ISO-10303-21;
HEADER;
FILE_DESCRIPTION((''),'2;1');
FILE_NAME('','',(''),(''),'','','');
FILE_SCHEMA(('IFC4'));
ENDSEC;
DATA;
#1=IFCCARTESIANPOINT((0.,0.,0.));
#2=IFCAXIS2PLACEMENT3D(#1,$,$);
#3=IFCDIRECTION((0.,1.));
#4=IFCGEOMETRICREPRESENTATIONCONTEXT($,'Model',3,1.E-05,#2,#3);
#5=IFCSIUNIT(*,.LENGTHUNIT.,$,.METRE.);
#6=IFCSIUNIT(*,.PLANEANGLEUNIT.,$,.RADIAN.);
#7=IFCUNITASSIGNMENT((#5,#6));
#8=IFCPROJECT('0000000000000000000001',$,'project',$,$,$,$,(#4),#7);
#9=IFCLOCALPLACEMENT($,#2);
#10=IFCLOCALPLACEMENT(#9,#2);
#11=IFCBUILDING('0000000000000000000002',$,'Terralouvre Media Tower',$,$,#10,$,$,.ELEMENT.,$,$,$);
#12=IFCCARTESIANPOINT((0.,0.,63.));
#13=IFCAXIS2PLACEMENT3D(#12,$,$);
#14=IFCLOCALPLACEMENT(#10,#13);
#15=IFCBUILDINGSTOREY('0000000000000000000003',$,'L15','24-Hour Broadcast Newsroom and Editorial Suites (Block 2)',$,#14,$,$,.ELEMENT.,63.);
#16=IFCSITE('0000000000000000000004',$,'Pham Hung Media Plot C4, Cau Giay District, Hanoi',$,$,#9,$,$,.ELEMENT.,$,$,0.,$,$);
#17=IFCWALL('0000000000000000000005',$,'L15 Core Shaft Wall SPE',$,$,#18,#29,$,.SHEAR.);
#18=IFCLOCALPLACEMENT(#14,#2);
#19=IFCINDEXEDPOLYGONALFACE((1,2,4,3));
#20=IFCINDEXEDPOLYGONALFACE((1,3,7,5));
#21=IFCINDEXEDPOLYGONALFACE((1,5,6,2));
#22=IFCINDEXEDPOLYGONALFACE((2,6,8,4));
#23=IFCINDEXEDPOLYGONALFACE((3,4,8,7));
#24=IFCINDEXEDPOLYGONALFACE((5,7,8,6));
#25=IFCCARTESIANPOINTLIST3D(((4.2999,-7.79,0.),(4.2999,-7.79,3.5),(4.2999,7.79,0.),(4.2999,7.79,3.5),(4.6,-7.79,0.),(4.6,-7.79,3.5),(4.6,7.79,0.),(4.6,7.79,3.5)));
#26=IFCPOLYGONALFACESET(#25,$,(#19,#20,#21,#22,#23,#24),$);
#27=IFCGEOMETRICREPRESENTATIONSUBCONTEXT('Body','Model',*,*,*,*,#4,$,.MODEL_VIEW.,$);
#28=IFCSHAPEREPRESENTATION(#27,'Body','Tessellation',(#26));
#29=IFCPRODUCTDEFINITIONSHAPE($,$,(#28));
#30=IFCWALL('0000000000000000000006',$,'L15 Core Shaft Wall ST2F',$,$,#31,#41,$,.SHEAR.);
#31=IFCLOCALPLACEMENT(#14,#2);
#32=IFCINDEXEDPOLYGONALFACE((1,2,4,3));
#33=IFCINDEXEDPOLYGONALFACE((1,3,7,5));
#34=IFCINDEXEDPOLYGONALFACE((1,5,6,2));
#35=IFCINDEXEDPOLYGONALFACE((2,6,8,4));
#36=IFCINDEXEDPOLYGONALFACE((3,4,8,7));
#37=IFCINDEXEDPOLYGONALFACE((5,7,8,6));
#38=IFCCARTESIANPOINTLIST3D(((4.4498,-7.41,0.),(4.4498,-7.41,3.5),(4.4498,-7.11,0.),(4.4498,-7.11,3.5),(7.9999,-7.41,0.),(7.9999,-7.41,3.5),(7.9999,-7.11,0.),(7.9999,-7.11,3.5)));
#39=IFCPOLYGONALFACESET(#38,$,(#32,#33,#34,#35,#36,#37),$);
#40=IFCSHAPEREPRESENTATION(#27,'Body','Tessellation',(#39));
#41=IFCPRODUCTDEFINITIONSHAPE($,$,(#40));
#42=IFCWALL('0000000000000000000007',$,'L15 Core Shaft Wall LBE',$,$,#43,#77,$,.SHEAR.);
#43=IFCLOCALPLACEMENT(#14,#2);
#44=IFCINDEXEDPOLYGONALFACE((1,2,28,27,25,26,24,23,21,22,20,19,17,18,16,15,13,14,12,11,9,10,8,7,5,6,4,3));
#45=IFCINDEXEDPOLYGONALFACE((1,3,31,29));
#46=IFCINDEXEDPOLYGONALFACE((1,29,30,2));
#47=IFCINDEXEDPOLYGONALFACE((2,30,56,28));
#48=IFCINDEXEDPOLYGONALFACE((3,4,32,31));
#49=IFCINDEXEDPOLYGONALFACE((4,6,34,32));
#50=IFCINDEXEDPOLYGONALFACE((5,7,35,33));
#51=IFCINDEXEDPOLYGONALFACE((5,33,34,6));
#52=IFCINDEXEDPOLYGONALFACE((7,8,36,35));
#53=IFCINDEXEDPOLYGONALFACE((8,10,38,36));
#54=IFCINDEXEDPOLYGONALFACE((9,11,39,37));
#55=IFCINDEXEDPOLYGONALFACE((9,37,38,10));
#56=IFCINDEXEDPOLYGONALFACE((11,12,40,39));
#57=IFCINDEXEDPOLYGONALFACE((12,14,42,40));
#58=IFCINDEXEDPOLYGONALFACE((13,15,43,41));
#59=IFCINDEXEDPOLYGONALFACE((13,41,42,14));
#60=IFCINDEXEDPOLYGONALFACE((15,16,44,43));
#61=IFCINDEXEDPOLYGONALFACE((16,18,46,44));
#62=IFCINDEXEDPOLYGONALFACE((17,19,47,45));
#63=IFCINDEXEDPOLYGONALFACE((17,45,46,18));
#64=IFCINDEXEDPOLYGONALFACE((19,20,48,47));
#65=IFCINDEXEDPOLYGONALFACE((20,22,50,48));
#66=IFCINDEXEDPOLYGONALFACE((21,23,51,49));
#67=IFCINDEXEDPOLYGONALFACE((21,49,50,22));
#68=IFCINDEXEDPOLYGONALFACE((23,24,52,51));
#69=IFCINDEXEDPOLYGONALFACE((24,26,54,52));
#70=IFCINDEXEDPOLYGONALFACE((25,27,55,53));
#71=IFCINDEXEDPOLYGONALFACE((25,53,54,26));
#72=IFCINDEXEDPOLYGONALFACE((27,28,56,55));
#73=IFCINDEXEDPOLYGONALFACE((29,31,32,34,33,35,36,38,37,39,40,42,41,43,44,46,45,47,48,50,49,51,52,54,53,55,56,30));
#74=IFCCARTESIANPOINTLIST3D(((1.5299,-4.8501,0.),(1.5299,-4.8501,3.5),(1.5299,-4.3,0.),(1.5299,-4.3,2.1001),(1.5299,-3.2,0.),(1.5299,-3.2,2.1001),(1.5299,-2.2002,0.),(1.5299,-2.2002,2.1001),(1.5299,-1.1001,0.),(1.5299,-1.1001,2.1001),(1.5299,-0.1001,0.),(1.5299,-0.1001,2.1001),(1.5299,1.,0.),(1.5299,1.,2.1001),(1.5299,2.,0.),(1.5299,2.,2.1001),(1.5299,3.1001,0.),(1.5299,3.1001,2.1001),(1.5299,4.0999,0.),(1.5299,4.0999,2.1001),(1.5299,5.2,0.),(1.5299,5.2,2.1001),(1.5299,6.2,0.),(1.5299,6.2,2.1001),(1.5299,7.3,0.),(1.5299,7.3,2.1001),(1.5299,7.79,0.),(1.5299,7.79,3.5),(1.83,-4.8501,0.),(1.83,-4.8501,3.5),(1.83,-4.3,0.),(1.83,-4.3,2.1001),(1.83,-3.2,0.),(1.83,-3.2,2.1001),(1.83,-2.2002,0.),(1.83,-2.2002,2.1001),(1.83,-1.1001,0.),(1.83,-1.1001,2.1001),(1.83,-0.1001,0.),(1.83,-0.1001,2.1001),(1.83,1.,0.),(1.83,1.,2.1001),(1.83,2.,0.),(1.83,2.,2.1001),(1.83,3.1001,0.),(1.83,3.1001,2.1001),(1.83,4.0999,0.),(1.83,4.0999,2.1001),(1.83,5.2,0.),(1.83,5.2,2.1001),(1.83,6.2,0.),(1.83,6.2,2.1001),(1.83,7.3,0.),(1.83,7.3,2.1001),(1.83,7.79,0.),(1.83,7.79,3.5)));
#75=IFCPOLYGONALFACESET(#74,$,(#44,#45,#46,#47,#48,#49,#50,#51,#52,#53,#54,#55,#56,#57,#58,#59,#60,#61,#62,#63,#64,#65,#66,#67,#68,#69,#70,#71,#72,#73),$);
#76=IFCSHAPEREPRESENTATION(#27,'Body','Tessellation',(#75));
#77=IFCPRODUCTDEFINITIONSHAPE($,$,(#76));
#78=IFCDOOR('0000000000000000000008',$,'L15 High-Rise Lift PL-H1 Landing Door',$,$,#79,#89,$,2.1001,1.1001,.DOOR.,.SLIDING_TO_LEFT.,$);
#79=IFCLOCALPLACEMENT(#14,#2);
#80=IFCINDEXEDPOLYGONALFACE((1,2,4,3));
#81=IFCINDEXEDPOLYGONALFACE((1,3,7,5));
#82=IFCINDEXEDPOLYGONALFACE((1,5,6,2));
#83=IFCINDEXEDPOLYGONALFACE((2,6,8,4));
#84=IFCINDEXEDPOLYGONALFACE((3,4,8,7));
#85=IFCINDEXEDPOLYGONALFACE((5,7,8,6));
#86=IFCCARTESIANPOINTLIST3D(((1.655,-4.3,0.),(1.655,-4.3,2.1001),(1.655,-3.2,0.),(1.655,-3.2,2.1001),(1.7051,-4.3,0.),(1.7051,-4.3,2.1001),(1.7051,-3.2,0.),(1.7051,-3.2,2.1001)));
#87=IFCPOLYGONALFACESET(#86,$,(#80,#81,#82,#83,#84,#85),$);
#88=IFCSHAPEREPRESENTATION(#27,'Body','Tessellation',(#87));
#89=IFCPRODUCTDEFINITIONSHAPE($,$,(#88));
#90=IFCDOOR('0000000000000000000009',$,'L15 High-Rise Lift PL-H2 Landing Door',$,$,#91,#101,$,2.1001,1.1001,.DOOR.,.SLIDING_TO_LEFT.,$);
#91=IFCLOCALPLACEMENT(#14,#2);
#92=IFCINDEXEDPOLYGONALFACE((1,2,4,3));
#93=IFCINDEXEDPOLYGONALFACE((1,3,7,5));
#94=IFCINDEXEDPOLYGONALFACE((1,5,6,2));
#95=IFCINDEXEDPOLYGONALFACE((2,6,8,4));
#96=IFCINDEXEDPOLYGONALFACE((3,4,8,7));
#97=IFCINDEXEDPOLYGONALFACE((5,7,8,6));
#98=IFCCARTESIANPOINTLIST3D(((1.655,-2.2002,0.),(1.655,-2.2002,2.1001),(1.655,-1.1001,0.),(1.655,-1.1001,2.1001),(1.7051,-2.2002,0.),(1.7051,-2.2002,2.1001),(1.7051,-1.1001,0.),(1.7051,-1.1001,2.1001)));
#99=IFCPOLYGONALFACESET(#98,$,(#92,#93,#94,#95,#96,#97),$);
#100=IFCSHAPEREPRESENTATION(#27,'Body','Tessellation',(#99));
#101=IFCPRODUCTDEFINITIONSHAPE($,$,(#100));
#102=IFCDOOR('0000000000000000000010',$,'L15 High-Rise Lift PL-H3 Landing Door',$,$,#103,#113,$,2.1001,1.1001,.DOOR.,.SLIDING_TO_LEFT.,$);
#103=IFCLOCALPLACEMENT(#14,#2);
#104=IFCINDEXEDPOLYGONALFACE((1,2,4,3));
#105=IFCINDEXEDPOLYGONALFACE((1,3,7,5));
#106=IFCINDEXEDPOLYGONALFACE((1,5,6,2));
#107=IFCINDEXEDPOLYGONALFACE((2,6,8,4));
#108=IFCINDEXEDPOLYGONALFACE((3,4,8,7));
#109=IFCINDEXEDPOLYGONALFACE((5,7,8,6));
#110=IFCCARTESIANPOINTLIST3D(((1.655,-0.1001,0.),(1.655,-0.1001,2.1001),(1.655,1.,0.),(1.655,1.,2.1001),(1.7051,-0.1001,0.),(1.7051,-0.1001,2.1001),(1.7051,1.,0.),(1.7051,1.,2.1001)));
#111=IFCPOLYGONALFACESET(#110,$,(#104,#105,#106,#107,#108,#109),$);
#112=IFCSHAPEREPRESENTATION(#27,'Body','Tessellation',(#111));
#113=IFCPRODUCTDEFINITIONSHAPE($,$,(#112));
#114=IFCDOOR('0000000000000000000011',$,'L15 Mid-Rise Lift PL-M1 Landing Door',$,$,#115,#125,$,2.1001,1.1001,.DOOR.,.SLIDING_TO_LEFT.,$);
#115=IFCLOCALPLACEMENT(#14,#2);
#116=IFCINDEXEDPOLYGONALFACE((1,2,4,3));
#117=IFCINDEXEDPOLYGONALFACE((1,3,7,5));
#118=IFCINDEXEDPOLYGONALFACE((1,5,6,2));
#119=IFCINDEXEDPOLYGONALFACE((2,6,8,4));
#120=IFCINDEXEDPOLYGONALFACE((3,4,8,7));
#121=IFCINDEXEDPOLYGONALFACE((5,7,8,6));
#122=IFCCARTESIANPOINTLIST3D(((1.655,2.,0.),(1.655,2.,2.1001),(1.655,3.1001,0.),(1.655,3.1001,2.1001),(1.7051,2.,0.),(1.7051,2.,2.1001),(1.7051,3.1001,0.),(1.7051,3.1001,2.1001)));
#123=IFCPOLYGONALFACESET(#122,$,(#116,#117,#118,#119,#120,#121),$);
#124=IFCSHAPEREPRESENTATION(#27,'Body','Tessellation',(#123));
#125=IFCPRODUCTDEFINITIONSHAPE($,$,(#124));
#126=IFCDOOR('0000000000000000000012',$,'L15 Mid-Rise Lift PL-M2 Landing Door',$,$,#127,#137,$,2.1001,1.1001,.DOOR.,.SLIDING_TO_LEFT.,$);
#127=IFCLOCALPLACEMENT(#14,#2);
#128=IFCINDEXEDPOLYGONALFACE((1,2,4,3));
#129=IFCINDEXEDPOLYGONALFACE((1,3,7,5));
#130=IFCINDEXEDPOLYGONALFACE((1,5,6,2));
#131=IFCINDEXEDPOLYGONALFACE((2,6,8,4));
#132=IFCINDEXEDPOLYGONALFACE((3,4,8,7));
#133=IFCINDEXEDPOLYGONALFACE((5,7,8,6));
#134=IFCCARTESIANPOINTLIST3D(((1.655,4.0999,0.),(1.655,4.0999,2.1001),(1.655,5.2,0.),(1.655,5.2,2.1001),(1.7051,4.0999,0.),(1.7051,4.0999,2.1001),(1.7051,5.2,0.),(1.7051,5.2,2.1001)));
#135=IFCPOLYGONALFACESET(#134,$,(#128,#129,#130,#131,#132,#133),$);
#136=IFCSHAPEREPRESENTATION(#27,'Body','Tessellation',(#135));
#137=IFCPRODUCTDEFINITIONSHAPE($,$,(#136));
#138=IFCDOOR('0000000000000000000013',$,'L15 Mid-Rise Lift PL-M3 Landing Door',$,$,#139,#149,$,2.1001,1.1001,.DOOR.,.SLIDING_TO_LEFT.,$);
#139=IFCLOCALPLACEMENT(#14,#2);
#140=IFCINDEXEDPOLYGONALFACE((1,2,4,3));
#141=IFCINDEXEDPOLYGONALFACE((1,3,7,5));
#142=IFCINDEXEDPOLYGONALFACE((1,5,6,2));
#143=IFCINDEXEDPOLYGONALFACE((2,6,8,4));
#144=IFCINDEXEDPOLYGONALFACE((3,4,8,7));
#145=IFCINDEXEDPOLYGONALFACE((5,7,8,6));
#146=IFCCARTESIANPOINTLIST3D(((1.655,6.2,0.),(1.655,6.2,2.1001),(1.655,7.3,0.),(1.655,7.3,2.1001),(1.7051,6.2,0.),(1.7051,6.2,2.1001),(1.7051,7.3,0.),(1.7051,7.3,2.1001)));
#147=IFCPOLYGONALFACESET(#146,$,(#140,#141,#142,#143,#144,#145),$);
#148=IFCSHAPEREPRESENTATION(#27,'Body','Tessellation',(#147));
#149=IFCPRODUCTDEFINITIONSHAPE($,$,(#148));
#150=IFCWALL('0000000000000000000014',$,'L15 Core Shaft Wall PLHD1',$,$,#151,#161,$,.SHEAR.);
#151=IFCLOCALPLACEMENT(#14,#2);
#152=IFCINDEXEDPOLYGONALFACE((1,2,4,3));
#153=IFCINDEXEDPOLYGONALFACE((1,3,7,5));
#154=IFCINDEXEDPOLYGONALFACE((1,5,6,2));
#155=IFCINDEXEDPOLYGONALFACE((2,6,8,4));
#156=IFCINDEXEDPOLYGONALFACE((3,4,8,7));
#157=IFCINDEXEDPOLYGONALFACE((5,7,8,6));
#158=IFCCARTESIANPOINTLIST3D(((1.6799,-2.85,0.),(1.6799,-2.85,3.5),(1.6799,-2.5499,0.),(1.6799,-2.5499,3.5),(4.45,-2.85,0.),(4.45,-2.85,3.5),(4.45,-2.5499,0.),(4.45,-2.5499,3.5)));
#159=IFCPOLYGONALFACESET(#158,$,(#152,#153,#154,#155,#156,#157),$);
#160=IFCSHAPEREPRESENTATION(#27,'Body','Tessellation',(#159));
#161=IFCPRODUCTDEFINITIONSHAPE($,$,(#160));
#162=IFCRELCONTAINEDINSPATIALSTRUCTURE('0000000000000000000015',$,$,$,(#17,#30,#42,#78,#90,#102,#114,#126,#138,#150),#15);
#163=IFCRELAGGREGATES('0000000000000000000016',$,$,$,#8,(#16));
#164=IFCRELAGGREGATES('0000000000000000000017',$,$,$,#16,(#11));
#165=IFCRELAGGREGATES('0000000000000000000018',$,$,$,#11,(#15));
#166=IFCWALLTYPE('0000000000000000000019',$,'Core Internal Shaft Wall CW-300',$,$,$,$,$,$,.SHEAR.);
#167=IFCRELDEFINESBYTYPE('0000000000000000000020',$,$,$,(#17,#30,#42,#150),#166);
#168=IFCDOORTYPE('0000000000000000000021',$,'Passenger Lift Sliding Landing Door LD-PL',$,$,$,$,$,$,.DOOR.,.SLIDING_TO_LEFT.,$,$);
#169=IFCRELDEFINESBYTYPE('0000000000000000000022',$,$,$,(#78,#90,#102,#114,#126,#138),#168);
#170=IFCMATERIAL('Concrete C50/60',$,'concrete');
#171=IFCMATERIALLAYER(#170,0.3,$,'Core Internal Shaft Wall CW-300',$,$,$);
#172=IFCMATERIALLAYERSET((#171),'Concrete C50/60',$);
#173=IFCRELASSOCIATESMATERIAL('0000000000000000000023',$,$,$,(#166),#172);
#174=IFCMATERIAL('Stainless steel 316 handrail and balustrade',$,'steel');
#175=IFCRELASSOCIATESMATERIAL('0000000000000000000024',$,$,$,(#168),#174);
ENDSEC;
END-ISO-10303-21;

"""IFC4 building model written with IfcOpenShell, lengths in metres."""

from ifc_helpers import new_model, si_unit, direction, frame, frame_2d, origin, place, context, subcontext, project, spatial, rectangle, extrude, material, layer, layer_set, type_object, element, fill, save


model = new_model("IFC4")

# Units and contexts
model_context = context("Model", 3, precision=1e-05, world=origin(), true_north=direction((0.0, 1.0)))
body_context = subcontext(model_context, "Body", "Model", "MODEL_VIEW")
ifc_project = project(units=[si_unit("LENGTHUNIT", "METRE"), si_unit("PLANEANGLEUNIT", "RADIAN")], contexts=[model_context])

# Site, building, storey
site_placement = place(None, origin())
site = spatial("IfcSite", under=ifc_project, at=site_placement, Name="Pham Hung Media Plot C4, Cau Giay District, Hanoi", CompositionType="ELEMENT", RefElevation=0.0)
building_placement = place(site_placement, origin())
building = spatial("IfcBuilding", under=site, at=building_placement, Name="Terralouvre Media Tower", CompositionType="ELEMENT")
storey_placement = place(building_placement, frame((0.0, 0.0, 63.0)))
storey = spatial("IfcBuildingStorey", under=building, at=storey_placement, Name="L15", Description="24-Hour Broadcast Newsroom and Editorial Suites (Block 2)", CompositionType="ELEMENT", Elevation=63.0)

# Walls
ifc_material_1 = material(Name="Concrete C50/60", Category="concrete")
ifc_layer_1 = layer(ifc_material_1, 0.3, Name="Core Internal Shaft Wall CW-300")
ifc_layer_set_1 = layer_set([ifc_layer_1], Name="Concrete C50/60")
wall_type = type_object("IfcWallType", Name="Core Internal Shaft Wall CW-300", PredefinedType="SHEAR", material=ifc_layer_set_1)
wall_1_placement = place(storey_placement, frame((4.45, -7.79, 0.0), z_axis=(0.0, 0.0, 1.0), x_axis=(0.0, 1.0, 0.0)))
element("IfcWall", 1, at=wall_1_placement, inside=storey, type_object=wall_type, Name="L15 Core Shaft Wall SPE", PredefinedType="SHEAR", context=body_context, shape_type="SweptSolid", body=[
    extrude(rectangle(XDim=15.5801, YDim=0.3, at=frame_2d((7.79, 0.0))), origin(), (0.0, 0.0, 1.0), 3.5),
])
wall_2_placement = place(storey_placement, frame((4.45, -7.26, 0.0), z_axis=(0.0, 0.0, 1.0), x_axis=(1.0, 0.0, 0.0)))
element("IfcWall", 2, at=wall_2_placement, inside=storey, type_object=wall_type, Name="L15 Core Shaft Wall ST2F", PredefinedType="SHEAR", context=body_context, shape_type="SweptSolid", body=[
    extrude(rectangle(XDim=3.55, YDim=0.3, at=frame_2d((1.7749, 0.0))), origin(), (0.0, 0.0, 1.0), 3.5),
])

# Wall, openings, doors
wall_3_placement = place(storey_placement, frame((1.6799, -4.8501, 0.0), z_axis=(0.0, 0.0, 1.0), x_axis=(0.0, 1.0, 0.0)))
wall_3 = element("IfcWall", 3, at=wall_3_placement, inside=storey, type_object=wall_type, Name="L15 Core Shaft Wall LBE", PredefinedType="SHEAR", context=body_context, shape_type="SweptSolid", body=[
    extrude(rectangle(XDim=12.6401, YDim=0.3, at=frame_2d((6.3201, 0.0))), origin(), (0.0, 0.0, 1.0), 3.5),
])
opening_1_placement = place(wall_3_placement, frame((0.55, 0.0, 0.0)))
opening_1 = element("IfcOpeningElement", 4, at=opening_1_placement, cuts=wall_3, PredefinedType="OPENING", context=body_context, shape_type="SweptSolid", body=[
    extrude(rectangle(XDim=1.1001, YDim=2.1001, at=frame_2d((0.55, 1.05))), frame((0.0, 0.1599, 0.0), z_axis=(0.0, -1.0, 0.0), x_axis=(1.0, 0.0, 0.0)), (0.0, 0.0, 1.0), 0.3201),
])
opening_2_placement = place(wall_3_placement, frame((2.6499, 0.0, 0.0)))
opening_2 = element("IfcOpeningElement", 5, at=opening_2_placement, cuts=wall_3, PredefinedType="OPENING", context=body_context, shape_type="SweptSolid", body=[
    extrude(rectangle(XDim=1.1001, YDim=2.1001, at=frame_2d((0.55, 1.05))), frame((0.0, 0.1599, 0.0), z_axis=(0.0, -1.0, 0.0), x_axis=(1.0, 0.0, 0.0)), (0.0, 0.0, 1.0), 0.3201),
])
opening_3_placement = place(wall_3_placement, frame((4.75, 0.0, 0.0)))
opening_3 = element("IfcOpeningElement", 6, at=opening_3_placement, cuts=wall_3, PredefinedType="OPENING", context=body_context, shape_type="SweptSolid", body=[
    extrude(rectangle(XDim=1.1001, YDim=2.1001, at=frame_2d((0.55, 1.05))), frame((0.0, 0.1599, 0.0), z_axis=(0.0, -1.0, 0.0), x_axis=(1.0, 0.0, 0.0)), (0.0, 0.0, 1.0), 0.3201),
])
opening_4_placement = place(wall_3_placement, frame((6.8501, 0.0, 0.0)))
opening_4 = element("IfcOpeningElement", 7, at=opening_4_placement, cuts=wall_3, PredefinedType="OPENING", context=body_context, shape_type="SweptSolid", body=[
    extrude(rectangle(XDim=1.1001, YDim=2.1001, at=frame_2d((0.55, 1.05))), frame((0.0, 0.1599, 0.0), z_axis=(0.0, -1.0, 0.0), x_axis=(1.0, 0.0, 0.0)), (0.0, 0.0, 1.0), 0.3201),
])
opening_5_placement = place(wall_3_placement, frame((8.95, 0.0, 0.0)))
opening_5 = element("IfcOpeningElement", 8, at=opening_5_placement, cuts=wall_3, PredefinedType="OPENING", context=body_context, shape_type="SweptSolid", body=[
    extrude(rectangle(XDim=1.1001, YDim=2.1001, at=frame_2d((0.55, 1.05))), frame((0.0, 0.1599, 0.0), z_axis=(0.0, -1.0, 0.0), x_axis=(1.0, 0.0, 0.0)), (0.0, 0.0, 1.0), 0.3201),
])
opening_6_placement = place(wall_3_placement, frame((11.05, 0.0, 0.0)))
opening_6 = element("IfcOpeningElement", 9, at=opening_6_placement, cuts=wall_3, PredefinedType="OPENING", context=body_context, shape_type="SweptSolid", body=[
    extrude(rectangle(XDim=1.1001, YDim=2.1001, at=frame_2d((0.55, 1.05))), frame((0.0, 0.1599, 0.0), z_axis=(0.0, -1.0, 0.0), x_axis=(1.0, 0.0, 0.0)), (0.0, 0.0, 1.0), 0.3201),
])
ifc_material_2 = material(Name="Stainless steel 316 handrail and balustrade", Category="steel")
door_type = type_object("IfcDoorType", Name="Passenger Lift Sliding Landing Door LD-PL", OperationType="SLIDING_TO_LEFT", PredefinedType="DOOR", material=ifc_material_2)
door_1_placement = place(opening_1_placement, origin())
door_1 = element("IfcDoor", 10, at=door_1_placement, inside=storey, type_object=door_type, Name="L15 High-Rise Lift PL-H1 Landing Door", OperationType="SLIDING_TO_LEFT", OverallHeight=2.1001, OverallWidth=1.1001, PredefinedType="DOOR", context=body_context, shape_type="SweptSolid", body=[
    extrude(rectangle(XDim=1.1001, YDim=2.1001, at=frame_2d((0.55, 1.05))), frame((0.0, 0.0249, 0.0), z_axis=(0.0, -1.0, 0.0), x_axis=(1.0, 0.0, 0.0)), (0.0, 0.0, 1.0), 0.05),
])
fill(opening_1, door_1)
door_2_placement = place(opening_2_placement, origin())
door_2 = element("IfcDoor", 11, at=door_2_placement, inside=storey, type_object=door_type, Name="L15 High-Rise Lift PL-H2 Landing Door", OperationType="SLIDING_TO_LEFT", OverallHeight=2.1001, OverallWidth=1.1001, PredefinedType="DOOR", context=body_context, shape_type="SweptSolid", body=[
    extrude(rectangle(XDim=1.1001, YDim=2.1001, at=frame_2d((0.55, 1.05))), frame((0.0, 0.0249, 0.0), z_axis=(0.0, -1.0, 0.0), x_axis=(1.0, 0.0, 0.0)), (0.0, 0.0, 1.0), 0.05),
])
fill(opening_2, door_2)
door_3_placement = place(opening_3_placement, origin())
door_3 = element("IfcDoor", 12, at=door_3_placement, inside=storey, type_object=door_type, Name="L15 High-Rise Lift PL-H3 Landing Door", OperationType="SLIDING_TO_LEFT", OverallHeight=2.1001, OverallWidth=1.1001, PredefinedType="DOOR", context=body_context, shape_type="SweptSolid", body=[
    extrude(rectangle(XDim=1.1001, YDim=2.1001, at=frame_2d((0.55, 1.05))), frame((0.0, 0.0249, 0.0), z_axis=(0.0, -1.0, 0.0), x_axis=(1.0, 0.0, 0.0)), (0.0, 0.0, 1.0), 0.05),
])
fill(opening_3, door_3)
door_4_placement = place(opening_4_placement, origin())
door_4 = element("IfcDoor", 13, at=door_4_placement, inside=storey, type_object=door_type, Name="L15 Mid-Rise Lift PL-M1 Landing Door", OperationType="SLIDING_TO_LEFT", OverallHeight=2.1001, OverallWidth=1.1001, PredefinedType="DOOR", context=body_context, shape_type="SweptSolid", body=[
    extrude(rectangle(XDim=1.1001, YDim=2.1001, at=frame_2d((0.55, 1.05))), frame((0.0, 0.0249, 0.0), z_axis=(0.0, -1.0, 0.0), x_axis=(1.0, 0.0, 0.0)), (0.0, 0.0, 1.0), 0.05),
])
fill(opening_4, door_4)
door_5_placement = place(opening_5_placement, origin())
door_5 = element("IfcDoor", 14, at=door_5_placement, inside=storey, type_object=door_type, Name="L15 Mid-Rise Lift PL-M2 Landing Door", OperationType="SLIDING_TO_LEFT", OverallHeight=2.1001, OverallWidth=1.1001, PredefinedType="DOOR", context=body_context, shape_type="SweptSolid", body=[
    extrude(rectangle(XDim=1.1001, YDim=2.1001, at=frame_2d((0.55, 1.05))), frame((0.0, 0.0249, 0.0), z_axis=(0.0, -1.0, 0.0), x_axis=(1.0, 0.0, 0.0)), (0.0, 0.0, 1.0), 0.05),
])
fill(opening_5, door_5)
door_6_placement = place(opening_6_placement, origin())
door_6 = element("IfcDoor", 15, at=door_6_placement, inside=storey, type_object=door_type, Name="L15 Mid-Rise Lift PL-M3 Landing Door", OperationType="SLIDING_TO_LEFT", OverallHeight=2.1001, OverallWidth=1.1001, PredefinedType="DOOR", context=body_context, shape_type="SweptSolid", body=[
    extrude(rectangle(XDim=1.1001, YDim=2.1001, at=frame_2d((0.55, 1.05))), frame((0.0, 0.0249, 0.0), z_axis=(0.0, -1.0, 0.0), x_axis=(1.0, 0.0, 0.0)), (0.0, 0.0, 1.0), 0.05),
])
fill(opening_6, door_6)

# Wall
wall_4_placement = place(storey_placement, frame((1.6799, -2.7, 0.0), z_axis=(0.0, 0.0, 1.0), x_axis=(1.0, 0.0, 0.0)))
element("IfcWall", 16, at=wall_4_placement, inside=storey, type_object=wall_type, Name="L15 Core Shaft Wall PLHD1", PredefinedType="SHEAR", context=body_context, shape_type="SweptSolid", body=[
    extrude(rectangle(XDim=2.77, YDim=0.3, at=frame_2d((1.385, 0.0))), origin(), (0.0, 0.0, 1.0), 3.5),
])

save(model, "model.ifc")
